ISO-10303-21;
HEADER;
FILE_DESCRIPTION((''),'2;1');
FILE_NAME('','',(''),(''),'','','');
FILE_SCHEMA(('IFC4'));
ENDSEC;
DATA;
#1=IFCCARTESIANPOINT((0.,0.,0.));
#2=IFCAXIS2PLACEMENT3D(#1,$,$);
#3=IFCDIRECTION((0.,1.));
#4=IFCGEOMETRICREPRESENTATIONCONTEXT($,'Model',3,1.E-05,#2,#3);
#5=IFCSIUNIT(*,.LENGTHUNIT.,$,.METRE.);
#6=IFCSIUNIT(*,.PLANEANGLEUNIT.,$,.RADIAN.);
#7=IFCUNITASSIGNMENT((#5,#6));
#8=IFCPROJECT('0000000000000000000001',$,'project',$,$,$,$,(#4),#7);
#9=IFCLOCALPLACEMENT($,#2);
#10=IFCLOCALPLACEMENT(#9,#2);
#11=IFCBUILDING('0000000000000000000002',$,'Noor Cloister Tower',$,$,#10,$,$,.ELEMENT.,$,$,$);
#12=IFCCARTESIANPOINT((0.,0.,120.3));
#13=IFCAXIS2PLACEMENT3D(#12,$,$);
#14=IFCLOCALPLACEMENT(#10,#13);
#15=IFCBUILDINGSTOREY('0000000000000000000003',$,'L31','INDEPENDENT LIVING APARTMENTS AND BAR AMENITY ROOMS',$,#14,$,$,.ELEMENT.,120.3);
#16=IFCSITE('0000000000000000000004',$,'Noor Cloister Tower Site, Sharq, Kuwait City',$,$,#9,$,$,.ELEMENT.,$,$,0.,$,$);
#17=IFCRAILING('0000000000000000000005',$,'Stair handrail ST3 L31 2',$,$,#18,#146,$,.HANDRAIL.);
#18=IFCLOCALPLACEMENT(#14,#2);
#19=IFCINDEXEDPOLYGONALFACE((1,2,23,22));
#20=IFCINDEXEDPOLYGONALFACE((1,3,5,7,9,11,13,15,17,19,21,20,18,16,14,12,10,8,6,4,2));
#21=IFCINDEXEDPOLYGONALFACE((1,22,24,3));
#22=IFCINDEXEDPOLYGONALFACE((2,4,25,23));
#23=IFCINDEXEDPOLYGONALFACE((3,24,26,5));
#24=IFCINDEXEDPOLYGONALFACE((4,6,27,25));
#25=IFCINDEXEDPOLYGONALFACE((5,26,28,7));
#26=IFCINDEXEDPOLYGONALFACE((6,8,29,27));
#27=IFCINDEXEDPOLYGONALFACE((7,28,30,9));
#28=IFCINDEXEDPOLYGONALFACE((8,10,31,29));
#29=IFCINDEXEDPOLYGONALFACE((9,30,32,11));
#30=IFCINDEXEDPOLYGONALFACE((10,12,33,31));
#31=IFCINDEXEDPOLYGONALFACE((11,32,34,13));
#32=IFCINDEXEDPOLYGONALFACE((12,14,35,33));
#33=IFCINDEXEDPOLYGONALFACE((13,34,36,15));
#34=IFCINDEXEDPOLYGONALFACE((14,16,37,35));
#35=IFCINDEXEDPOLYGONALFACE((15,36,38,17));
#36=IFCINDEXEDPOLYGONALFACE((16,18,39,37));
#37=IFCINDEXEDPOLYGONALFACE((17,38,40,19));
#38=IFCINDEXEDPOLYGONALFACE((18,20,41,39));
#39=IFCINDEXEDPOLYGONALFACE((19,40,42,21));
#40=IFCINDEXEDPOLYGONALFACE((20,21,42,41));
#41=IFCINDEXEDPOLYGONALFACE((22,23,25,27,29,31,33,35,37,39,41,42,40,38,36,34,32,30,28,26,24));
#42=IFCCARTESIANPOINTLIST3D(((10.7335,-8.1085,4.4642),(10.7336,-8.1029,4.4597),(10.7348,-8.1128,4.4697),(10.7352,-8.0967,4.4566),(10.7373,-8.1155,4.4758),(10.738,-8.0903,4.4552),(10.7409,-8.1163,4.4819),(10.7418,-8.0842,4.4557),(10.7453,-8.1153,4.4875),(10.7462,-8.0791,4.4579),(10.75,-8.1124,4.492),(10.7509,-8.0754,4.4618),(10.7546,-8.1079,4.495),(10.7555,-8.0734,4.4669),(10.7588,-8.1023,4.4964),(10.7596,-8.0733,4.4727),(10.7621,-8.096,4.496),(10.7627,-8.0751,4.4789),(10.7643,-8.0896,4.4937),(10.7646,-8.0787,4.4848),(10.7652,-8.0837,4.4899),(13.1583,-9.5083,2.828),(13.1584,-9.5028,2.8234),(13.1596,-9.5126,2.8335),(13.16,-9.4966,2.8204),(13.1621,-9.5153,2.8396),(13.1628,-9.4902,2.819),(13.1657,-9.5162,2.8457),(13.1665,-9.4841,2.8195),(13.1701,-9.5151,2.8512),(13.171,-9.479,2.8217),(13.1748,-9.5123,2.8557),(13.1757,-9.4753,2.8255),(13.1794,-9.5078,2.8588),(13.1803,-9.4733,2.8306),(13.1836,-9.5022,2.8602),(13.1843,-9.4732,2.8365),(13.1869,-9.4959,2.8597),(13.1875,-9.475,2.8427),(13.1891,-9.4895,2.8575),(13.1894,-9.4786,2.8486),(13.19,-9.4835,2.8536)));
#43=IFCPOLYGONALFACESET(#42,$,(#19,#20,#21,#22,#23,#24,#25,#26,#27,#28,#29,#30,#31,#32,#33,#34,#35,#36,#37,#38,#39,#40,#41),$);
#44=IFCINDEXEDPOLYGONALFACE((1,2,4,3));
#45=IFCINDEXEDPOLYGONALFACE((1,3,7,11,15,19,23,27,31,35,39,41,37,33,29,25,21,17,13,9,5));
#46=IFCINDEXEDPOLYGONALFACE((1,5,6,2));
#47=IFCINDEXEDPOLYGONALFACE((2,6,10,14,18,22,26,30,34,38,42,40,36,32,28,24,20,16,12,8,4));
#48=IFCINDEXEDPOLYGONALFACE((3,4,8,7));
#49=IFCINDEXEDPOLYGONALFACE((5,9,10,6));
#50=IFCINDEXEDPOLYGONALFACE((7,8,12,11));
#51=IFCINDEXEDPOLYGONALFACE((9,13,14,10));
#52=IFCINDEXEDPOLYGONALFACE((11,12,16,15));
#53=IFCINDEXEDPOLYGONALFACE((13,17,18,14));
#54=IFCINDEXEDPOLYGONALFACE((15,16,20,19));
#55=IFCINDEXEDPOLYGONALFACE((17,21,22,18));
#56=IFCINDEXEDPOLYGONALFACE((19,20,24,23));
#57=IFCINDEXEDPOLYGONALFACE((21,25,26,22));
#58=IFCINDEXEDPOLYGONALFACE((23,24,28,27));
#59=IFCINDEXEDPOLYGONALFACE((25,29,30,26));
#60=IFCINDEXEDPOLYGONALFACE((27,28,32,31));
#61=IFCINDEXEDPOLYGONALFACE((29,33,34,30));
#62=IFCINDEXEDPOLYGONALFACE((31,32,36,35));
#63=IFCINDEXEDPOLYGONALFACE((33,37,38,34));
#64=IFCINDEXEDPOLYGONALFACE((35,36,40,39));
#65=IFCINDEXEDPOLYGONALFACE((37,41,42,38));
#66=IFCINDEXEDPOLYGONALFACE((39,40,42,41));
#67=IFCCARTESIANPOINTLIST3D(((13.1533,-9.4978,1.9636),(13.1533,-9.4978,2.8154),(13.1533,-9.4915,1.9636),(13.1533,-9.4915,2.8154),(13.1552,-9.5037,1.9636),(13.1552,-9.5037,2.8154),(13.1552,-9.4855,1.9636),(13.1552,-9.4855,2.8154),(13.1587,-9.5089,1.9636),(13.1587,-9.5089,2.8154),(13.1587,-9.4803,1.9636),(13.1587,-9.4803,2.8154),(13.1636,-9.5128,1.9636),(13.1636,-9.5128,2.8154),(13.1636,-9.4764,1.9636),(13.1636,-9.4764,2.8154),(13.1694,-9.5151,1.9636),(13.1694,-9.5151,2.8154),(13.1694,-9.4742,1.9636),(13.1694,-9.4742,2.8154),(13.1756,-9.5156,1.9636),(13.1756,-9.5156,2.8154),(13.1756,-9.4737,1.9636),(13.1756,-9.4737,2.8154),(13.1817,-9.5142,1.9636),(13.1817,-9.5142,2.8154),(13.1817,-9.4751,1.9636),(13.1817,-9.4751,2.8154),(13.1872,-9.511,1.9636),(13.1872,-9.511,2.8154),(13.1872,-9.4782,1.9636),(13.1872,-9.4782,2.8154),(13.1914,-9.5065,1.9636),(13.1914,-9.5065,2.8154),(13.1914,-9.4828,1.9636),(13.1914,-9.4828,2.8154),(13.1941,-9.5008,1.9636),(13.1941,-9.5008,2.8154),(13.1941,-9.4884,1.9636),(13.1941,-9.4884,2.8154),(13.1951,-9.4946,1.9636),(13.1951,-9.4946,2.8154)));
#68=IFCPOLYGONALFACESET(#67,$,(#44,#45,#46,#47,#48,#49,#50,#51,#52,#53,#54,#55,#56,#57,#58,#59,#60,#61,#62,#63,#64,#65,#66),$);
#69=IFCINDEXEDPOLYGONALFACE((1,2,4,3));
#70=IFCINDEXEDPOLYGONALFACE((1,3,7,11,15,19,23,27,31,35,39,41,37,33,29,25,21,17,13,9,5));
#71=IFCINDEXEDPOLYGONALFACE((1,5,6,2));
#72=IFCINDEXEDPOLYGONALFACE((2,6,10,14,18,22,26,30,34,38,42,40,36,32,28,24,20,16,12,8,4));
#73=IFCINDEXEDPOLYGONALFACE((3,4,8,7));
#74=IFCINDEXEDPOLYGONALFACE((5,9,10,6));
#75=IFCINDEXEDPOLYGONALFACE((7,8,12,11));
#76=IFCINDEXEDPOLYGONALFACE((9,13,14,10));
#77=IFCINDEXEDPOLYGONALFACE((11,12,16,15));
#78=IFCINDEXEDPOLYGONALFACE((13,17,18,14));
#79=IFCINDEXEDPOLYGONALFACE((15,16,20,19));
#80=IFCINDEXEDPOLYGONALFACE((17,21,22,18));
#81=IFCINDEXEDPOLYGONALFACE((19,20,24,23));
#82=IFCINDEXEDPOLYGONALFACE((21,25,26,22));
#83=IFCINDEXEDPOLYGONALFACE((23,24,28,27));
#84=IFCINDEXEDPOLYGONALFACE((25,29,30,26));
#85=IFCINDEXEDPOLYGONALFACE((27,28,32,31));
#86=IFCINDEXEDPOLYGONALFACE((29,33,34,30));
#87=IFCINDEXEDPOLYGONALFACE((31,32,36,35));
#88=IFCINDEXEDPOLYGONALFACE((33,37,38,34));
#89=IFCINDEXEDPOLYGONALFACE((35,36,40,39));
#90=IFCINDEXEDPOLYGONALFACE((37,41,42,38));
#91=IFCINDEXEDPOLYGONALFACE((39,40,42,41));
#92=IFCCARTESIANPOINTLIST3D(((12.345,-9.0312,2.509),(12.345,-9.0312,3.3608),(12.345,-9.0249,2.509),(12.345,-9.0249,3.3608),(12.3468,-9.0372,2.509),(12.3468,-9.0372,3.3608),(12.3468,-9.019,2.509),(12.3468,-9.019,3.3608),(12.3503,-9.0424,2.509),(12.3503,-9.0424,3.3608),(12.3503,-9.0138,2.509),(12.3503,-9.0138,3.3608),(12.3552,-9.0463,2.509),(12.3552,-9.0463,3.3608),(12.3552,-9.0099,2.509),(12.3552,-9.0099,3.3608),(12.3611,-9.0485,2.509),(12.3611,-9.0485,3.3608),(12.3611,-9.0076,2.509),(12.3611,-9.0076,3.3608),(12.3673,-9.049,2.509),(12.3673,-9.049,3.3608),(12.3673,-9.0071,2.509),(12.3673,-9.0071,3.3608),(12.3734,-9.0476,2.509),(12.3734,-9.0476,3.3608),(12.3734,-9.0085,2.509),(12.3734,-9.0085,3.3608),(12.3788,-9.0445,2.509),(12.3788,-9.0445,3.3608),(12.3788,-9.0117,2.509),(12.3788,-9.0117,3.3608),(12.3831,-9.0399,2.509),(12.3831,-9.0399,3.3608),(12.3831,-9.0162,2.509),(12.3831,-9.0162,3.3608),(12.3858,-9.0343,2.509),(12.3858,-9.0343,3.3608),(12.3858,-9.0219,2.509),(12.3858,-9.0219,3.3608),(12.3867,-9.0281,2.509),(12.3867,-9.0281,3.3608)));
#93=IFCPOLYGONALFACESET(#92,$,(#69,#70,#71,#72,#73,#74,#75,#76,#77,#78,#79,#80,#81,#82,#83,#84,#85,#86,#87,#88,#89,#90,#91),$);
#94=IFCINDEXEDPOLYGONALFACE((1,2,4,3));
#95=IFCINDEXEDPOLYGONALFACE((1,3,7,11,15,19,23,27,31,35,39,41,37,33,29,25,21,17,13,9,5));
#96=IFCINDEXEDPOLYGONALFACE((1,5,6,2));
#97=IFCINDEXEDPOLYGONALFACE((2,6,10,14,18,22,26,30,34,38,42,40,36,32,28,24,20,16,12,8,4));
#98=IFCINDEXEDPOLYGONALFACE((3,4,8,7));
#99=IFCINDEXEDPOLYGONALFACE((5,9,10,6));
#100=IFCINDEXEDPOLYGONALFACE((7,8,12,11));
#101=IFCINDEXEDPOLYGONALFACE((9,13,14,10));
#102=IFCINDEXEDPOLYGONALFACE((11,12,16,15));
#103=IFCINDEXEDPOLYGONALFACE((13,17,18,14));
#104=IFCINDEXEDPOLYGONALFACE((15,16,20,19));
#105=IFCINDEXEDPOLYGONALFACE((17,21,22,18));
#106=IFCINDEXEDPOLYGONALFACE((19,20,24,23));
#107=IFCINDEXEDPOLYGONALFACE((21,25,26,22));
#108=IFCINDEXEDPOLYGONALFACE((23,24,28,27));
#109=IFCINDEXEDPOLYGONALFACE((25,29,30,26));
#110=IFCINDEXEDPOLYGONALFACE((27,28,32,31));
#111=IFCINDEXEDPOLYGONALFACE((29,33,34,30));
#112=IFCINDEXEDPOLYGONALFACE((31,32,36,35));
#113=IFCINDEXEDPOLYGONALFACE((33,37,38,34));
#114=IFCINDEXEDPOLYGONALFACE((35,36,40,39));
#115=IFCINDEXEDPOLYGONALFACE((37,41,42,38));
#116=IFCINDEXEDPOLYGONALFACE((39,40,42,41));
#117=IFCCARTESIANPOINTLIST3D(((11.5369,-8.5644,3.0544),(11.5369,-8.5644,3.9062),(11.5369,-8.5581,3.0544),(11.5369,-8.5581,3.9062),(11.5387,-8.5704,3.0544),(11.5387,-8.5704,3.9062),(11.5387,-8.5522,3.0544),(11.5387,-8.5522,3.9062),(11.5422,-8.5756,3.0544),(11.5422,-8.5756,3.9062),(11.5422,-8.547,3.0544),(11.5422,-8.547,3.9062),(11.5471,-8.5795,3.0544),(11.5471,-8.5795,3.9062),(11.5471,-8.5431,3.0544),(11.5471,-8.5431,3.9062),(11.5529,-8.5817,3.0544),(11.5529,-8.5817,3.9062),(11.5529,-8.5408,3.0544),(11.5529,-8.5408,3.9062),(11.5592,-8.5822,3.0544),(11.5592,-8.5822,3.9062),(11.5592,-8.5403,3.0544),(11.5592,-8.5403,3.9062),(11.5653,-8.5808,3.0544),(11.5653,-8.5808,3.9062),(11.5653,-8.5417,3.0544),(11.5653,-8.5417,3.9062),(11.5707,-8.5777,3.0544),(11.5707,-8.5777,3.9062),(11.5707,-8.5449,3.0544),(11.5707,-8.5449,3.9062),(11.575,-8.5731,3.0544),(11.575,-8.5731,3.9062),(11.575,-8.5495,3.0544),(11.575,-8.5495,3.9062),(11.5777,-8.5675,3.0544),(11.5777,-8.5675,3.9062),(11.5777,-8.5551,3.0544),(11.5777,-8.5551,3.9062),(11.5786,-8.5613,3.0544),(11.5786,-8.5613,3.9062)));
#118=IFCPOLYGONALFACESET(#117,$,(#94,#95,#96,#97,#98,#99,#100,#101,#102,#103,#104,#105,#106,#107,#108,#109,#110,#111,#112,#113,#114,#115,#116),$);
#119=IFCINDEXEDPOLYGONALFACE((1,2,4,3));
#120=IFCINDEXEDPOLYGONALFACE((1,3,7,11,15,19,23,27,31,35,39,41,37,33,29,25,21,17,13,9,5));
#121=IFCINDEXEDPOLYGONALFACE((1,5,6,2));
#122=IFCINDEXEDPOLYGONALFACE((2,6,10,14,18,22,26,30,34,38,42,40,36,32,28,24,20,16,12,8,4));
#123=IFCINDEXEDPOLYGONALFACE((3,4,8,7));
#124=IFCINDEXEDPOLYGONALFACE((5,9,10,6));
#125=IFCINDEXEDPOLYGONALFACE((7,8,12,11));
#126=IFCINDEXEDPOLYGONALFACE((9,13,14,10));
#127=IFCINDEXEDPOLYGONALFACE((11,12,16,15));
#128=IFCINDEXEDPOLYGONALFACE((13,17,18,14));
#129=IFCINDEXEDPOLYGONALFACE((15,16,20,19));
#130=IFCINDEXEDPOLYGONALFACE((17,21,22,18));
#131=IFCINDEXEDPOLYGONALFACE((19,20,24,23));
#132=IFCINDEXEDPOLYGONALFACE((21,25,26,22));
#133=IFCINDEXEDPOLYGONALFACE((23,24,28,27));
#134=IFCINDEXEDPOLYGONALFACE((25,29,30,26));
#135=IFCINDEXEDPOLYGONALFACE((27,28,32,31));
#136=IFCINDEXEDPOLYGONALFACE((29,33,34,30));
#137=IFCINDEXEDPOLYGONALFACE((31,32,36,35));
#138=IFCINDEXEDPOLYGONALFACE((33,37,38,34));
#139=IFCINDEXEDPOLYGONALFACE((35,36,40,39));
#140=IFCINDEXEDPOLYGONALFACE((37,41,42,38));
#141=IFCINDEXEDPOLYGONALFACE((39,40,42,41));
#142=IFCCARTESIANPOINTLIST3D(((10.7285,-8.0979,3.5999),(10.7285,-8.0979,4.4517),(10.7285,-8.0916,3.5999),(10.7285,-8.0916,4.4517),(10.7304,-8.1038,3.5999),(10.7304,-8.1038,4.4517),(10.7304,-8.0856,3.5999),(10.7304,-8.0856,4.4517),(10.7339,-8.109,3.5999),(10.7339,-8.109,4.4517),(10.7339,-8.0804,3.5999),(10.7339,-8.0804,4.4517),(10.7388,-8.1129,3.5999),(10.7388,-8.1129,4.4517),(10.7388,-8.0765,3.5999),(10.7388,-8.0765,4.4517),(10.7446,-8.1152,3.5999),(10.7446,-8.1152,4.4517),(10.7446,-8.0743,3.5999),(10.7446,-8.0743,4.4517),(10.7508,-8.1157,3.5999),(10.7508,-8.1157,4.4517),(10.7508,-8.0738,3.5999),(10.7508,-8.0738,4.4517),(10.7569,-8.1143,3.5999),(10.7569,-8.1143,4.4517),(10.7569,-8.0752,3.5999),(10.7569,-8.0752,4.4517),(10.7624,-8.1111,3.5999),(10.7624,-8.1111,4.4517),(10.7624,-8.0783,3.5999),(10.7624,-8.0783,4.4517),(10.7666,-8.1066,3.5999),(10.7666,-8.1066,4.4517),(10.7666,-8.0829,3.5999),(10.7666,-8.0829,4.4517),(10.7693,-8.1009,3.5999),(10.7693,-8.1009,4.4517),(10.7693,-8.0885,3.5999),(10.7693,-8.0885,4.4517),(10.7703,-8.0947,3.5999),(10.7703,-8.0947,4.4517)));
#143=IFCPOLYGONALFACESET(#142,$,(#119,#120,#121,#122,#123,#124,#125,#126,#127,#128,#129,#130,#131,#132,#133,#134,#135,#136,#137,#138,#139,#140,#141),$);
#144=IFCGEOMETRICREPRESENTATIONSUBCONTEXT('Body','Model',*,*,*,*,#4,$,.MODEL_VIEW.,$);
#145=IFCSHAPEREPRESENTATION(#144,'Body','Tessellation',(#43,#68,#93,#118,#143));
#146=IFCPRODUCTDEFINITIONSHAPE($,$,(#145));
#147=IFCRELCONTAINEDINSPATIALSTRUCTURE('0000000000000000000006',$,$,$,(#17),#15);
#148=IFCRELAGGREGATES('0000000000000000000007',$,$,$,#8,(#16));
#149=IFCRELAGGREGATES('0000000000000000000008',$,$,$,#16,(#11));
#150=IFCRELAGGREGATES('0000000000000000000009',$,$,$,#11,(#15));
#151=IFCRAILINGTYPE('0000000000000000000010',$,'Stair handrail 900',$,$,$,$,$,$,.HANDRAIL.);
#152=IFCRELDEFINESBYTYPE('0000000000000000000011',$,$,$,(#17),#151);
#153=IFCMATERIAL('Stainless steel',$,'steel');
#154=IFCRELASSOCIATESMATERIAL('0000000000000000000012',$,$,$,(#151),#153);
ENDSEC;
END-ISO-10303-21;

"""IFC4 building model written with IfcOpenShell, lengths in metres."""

from ifc_helpers import new_model, si_unit, direction, frame, origin, origin_2d, place, context, subcontext, project, spatial, circle, extrude, material, type_object, element, save


model = new_model("IFC4")

# Units and contexts
model_context = context("Model", 3, precision=1e-05, world=origin(), true_north=direction((0.0, 1.0)))
body_context = subcontext(model_context, "Body", "Model", "MODEL_VIEW")
ifc_project = project(units=[si_unit("LENGTHUNIT", "METRE"), si_unit("PLANEANGLEUNIT", "RADIAN")], contexts=[model_context])

# Site, building, storey
site_placement = place(None, origin())
site = spatial("IfcSite", under=ifc_project, at=site_placement, Name="Noor Cloister Tower Site, Sharq, Kuwait City", CompositionType="ELEMENT", RefElevation=0.0)
building_placement = place(site_placement, origin())
building = spatial("IfcBuilding", under=site, at=building_placement, Name="Noor Cloister Tower", CompositionType="ELEMENT")
storey_placement = place(building_placement, frame((0.0, 0.0, 120.3)))
storey = spatial("IfcBuildingStorey", under=building, at=storey_placement, Name="L31", Description="INDEPENDENT LIVING APARTMENTS AND BAR AMENITY ROOMS", CompositionType="ELEMENT", Elevation=120.3)

# Railing
ifc_material_1 = material(Name="Stainless steel", Category="steel")
railing_type_1 = type_object("IfcRailingType", Name="Stair handrail 900", PredefinedType="HANDRAIL", material=ifc_material_1)
railing_1_placement = place(storey_placement, frame((13.1741, -9.4946, 1.9636)))
element("IfcRailing", 1, at=railing_1_placement, inside=storey, type_object=railing_type_1, Name="Stair handrail ST3 L31 2", PredefinedType="HANDRAIL", context=body_context, shape_type="SweptSolid", body=[
    extrude(circle(Radius=0.0239, at=origin_2d()), frame((0.0, 0.0, 0.876), z_axis=(-0.747718, 0.431677, 0.504552), x_axis=(-0.499984, -0.866035, 0.0)), (0.0, 0.0, 1.0), 3.2429),
    extrude(circle(Radius=0.021, at=origin_2d()), origin(), (0.0, 0.0, 1.0), 0.8518),
    extrude(circle(Radius=0.021, at=origin_2d()), frame((-0.8083, 0.4666, 0.5454)), (0.0, 0.0, 1.0), 0.8518),
    extrude(circle(Radius=0.021, at=origin_2d()), frame((-1.6165, 0.9333, 1.0908)), (0.0, 0.0, 1.0), 0.8518),
    extrude(circle(Radius=0.021, at=origin_2d()), frame((-2.4248, 1.3999, 1.6362)), (0.0, 0.0, 1.0), 0.8518),
])

save(model, "model.ifc")
